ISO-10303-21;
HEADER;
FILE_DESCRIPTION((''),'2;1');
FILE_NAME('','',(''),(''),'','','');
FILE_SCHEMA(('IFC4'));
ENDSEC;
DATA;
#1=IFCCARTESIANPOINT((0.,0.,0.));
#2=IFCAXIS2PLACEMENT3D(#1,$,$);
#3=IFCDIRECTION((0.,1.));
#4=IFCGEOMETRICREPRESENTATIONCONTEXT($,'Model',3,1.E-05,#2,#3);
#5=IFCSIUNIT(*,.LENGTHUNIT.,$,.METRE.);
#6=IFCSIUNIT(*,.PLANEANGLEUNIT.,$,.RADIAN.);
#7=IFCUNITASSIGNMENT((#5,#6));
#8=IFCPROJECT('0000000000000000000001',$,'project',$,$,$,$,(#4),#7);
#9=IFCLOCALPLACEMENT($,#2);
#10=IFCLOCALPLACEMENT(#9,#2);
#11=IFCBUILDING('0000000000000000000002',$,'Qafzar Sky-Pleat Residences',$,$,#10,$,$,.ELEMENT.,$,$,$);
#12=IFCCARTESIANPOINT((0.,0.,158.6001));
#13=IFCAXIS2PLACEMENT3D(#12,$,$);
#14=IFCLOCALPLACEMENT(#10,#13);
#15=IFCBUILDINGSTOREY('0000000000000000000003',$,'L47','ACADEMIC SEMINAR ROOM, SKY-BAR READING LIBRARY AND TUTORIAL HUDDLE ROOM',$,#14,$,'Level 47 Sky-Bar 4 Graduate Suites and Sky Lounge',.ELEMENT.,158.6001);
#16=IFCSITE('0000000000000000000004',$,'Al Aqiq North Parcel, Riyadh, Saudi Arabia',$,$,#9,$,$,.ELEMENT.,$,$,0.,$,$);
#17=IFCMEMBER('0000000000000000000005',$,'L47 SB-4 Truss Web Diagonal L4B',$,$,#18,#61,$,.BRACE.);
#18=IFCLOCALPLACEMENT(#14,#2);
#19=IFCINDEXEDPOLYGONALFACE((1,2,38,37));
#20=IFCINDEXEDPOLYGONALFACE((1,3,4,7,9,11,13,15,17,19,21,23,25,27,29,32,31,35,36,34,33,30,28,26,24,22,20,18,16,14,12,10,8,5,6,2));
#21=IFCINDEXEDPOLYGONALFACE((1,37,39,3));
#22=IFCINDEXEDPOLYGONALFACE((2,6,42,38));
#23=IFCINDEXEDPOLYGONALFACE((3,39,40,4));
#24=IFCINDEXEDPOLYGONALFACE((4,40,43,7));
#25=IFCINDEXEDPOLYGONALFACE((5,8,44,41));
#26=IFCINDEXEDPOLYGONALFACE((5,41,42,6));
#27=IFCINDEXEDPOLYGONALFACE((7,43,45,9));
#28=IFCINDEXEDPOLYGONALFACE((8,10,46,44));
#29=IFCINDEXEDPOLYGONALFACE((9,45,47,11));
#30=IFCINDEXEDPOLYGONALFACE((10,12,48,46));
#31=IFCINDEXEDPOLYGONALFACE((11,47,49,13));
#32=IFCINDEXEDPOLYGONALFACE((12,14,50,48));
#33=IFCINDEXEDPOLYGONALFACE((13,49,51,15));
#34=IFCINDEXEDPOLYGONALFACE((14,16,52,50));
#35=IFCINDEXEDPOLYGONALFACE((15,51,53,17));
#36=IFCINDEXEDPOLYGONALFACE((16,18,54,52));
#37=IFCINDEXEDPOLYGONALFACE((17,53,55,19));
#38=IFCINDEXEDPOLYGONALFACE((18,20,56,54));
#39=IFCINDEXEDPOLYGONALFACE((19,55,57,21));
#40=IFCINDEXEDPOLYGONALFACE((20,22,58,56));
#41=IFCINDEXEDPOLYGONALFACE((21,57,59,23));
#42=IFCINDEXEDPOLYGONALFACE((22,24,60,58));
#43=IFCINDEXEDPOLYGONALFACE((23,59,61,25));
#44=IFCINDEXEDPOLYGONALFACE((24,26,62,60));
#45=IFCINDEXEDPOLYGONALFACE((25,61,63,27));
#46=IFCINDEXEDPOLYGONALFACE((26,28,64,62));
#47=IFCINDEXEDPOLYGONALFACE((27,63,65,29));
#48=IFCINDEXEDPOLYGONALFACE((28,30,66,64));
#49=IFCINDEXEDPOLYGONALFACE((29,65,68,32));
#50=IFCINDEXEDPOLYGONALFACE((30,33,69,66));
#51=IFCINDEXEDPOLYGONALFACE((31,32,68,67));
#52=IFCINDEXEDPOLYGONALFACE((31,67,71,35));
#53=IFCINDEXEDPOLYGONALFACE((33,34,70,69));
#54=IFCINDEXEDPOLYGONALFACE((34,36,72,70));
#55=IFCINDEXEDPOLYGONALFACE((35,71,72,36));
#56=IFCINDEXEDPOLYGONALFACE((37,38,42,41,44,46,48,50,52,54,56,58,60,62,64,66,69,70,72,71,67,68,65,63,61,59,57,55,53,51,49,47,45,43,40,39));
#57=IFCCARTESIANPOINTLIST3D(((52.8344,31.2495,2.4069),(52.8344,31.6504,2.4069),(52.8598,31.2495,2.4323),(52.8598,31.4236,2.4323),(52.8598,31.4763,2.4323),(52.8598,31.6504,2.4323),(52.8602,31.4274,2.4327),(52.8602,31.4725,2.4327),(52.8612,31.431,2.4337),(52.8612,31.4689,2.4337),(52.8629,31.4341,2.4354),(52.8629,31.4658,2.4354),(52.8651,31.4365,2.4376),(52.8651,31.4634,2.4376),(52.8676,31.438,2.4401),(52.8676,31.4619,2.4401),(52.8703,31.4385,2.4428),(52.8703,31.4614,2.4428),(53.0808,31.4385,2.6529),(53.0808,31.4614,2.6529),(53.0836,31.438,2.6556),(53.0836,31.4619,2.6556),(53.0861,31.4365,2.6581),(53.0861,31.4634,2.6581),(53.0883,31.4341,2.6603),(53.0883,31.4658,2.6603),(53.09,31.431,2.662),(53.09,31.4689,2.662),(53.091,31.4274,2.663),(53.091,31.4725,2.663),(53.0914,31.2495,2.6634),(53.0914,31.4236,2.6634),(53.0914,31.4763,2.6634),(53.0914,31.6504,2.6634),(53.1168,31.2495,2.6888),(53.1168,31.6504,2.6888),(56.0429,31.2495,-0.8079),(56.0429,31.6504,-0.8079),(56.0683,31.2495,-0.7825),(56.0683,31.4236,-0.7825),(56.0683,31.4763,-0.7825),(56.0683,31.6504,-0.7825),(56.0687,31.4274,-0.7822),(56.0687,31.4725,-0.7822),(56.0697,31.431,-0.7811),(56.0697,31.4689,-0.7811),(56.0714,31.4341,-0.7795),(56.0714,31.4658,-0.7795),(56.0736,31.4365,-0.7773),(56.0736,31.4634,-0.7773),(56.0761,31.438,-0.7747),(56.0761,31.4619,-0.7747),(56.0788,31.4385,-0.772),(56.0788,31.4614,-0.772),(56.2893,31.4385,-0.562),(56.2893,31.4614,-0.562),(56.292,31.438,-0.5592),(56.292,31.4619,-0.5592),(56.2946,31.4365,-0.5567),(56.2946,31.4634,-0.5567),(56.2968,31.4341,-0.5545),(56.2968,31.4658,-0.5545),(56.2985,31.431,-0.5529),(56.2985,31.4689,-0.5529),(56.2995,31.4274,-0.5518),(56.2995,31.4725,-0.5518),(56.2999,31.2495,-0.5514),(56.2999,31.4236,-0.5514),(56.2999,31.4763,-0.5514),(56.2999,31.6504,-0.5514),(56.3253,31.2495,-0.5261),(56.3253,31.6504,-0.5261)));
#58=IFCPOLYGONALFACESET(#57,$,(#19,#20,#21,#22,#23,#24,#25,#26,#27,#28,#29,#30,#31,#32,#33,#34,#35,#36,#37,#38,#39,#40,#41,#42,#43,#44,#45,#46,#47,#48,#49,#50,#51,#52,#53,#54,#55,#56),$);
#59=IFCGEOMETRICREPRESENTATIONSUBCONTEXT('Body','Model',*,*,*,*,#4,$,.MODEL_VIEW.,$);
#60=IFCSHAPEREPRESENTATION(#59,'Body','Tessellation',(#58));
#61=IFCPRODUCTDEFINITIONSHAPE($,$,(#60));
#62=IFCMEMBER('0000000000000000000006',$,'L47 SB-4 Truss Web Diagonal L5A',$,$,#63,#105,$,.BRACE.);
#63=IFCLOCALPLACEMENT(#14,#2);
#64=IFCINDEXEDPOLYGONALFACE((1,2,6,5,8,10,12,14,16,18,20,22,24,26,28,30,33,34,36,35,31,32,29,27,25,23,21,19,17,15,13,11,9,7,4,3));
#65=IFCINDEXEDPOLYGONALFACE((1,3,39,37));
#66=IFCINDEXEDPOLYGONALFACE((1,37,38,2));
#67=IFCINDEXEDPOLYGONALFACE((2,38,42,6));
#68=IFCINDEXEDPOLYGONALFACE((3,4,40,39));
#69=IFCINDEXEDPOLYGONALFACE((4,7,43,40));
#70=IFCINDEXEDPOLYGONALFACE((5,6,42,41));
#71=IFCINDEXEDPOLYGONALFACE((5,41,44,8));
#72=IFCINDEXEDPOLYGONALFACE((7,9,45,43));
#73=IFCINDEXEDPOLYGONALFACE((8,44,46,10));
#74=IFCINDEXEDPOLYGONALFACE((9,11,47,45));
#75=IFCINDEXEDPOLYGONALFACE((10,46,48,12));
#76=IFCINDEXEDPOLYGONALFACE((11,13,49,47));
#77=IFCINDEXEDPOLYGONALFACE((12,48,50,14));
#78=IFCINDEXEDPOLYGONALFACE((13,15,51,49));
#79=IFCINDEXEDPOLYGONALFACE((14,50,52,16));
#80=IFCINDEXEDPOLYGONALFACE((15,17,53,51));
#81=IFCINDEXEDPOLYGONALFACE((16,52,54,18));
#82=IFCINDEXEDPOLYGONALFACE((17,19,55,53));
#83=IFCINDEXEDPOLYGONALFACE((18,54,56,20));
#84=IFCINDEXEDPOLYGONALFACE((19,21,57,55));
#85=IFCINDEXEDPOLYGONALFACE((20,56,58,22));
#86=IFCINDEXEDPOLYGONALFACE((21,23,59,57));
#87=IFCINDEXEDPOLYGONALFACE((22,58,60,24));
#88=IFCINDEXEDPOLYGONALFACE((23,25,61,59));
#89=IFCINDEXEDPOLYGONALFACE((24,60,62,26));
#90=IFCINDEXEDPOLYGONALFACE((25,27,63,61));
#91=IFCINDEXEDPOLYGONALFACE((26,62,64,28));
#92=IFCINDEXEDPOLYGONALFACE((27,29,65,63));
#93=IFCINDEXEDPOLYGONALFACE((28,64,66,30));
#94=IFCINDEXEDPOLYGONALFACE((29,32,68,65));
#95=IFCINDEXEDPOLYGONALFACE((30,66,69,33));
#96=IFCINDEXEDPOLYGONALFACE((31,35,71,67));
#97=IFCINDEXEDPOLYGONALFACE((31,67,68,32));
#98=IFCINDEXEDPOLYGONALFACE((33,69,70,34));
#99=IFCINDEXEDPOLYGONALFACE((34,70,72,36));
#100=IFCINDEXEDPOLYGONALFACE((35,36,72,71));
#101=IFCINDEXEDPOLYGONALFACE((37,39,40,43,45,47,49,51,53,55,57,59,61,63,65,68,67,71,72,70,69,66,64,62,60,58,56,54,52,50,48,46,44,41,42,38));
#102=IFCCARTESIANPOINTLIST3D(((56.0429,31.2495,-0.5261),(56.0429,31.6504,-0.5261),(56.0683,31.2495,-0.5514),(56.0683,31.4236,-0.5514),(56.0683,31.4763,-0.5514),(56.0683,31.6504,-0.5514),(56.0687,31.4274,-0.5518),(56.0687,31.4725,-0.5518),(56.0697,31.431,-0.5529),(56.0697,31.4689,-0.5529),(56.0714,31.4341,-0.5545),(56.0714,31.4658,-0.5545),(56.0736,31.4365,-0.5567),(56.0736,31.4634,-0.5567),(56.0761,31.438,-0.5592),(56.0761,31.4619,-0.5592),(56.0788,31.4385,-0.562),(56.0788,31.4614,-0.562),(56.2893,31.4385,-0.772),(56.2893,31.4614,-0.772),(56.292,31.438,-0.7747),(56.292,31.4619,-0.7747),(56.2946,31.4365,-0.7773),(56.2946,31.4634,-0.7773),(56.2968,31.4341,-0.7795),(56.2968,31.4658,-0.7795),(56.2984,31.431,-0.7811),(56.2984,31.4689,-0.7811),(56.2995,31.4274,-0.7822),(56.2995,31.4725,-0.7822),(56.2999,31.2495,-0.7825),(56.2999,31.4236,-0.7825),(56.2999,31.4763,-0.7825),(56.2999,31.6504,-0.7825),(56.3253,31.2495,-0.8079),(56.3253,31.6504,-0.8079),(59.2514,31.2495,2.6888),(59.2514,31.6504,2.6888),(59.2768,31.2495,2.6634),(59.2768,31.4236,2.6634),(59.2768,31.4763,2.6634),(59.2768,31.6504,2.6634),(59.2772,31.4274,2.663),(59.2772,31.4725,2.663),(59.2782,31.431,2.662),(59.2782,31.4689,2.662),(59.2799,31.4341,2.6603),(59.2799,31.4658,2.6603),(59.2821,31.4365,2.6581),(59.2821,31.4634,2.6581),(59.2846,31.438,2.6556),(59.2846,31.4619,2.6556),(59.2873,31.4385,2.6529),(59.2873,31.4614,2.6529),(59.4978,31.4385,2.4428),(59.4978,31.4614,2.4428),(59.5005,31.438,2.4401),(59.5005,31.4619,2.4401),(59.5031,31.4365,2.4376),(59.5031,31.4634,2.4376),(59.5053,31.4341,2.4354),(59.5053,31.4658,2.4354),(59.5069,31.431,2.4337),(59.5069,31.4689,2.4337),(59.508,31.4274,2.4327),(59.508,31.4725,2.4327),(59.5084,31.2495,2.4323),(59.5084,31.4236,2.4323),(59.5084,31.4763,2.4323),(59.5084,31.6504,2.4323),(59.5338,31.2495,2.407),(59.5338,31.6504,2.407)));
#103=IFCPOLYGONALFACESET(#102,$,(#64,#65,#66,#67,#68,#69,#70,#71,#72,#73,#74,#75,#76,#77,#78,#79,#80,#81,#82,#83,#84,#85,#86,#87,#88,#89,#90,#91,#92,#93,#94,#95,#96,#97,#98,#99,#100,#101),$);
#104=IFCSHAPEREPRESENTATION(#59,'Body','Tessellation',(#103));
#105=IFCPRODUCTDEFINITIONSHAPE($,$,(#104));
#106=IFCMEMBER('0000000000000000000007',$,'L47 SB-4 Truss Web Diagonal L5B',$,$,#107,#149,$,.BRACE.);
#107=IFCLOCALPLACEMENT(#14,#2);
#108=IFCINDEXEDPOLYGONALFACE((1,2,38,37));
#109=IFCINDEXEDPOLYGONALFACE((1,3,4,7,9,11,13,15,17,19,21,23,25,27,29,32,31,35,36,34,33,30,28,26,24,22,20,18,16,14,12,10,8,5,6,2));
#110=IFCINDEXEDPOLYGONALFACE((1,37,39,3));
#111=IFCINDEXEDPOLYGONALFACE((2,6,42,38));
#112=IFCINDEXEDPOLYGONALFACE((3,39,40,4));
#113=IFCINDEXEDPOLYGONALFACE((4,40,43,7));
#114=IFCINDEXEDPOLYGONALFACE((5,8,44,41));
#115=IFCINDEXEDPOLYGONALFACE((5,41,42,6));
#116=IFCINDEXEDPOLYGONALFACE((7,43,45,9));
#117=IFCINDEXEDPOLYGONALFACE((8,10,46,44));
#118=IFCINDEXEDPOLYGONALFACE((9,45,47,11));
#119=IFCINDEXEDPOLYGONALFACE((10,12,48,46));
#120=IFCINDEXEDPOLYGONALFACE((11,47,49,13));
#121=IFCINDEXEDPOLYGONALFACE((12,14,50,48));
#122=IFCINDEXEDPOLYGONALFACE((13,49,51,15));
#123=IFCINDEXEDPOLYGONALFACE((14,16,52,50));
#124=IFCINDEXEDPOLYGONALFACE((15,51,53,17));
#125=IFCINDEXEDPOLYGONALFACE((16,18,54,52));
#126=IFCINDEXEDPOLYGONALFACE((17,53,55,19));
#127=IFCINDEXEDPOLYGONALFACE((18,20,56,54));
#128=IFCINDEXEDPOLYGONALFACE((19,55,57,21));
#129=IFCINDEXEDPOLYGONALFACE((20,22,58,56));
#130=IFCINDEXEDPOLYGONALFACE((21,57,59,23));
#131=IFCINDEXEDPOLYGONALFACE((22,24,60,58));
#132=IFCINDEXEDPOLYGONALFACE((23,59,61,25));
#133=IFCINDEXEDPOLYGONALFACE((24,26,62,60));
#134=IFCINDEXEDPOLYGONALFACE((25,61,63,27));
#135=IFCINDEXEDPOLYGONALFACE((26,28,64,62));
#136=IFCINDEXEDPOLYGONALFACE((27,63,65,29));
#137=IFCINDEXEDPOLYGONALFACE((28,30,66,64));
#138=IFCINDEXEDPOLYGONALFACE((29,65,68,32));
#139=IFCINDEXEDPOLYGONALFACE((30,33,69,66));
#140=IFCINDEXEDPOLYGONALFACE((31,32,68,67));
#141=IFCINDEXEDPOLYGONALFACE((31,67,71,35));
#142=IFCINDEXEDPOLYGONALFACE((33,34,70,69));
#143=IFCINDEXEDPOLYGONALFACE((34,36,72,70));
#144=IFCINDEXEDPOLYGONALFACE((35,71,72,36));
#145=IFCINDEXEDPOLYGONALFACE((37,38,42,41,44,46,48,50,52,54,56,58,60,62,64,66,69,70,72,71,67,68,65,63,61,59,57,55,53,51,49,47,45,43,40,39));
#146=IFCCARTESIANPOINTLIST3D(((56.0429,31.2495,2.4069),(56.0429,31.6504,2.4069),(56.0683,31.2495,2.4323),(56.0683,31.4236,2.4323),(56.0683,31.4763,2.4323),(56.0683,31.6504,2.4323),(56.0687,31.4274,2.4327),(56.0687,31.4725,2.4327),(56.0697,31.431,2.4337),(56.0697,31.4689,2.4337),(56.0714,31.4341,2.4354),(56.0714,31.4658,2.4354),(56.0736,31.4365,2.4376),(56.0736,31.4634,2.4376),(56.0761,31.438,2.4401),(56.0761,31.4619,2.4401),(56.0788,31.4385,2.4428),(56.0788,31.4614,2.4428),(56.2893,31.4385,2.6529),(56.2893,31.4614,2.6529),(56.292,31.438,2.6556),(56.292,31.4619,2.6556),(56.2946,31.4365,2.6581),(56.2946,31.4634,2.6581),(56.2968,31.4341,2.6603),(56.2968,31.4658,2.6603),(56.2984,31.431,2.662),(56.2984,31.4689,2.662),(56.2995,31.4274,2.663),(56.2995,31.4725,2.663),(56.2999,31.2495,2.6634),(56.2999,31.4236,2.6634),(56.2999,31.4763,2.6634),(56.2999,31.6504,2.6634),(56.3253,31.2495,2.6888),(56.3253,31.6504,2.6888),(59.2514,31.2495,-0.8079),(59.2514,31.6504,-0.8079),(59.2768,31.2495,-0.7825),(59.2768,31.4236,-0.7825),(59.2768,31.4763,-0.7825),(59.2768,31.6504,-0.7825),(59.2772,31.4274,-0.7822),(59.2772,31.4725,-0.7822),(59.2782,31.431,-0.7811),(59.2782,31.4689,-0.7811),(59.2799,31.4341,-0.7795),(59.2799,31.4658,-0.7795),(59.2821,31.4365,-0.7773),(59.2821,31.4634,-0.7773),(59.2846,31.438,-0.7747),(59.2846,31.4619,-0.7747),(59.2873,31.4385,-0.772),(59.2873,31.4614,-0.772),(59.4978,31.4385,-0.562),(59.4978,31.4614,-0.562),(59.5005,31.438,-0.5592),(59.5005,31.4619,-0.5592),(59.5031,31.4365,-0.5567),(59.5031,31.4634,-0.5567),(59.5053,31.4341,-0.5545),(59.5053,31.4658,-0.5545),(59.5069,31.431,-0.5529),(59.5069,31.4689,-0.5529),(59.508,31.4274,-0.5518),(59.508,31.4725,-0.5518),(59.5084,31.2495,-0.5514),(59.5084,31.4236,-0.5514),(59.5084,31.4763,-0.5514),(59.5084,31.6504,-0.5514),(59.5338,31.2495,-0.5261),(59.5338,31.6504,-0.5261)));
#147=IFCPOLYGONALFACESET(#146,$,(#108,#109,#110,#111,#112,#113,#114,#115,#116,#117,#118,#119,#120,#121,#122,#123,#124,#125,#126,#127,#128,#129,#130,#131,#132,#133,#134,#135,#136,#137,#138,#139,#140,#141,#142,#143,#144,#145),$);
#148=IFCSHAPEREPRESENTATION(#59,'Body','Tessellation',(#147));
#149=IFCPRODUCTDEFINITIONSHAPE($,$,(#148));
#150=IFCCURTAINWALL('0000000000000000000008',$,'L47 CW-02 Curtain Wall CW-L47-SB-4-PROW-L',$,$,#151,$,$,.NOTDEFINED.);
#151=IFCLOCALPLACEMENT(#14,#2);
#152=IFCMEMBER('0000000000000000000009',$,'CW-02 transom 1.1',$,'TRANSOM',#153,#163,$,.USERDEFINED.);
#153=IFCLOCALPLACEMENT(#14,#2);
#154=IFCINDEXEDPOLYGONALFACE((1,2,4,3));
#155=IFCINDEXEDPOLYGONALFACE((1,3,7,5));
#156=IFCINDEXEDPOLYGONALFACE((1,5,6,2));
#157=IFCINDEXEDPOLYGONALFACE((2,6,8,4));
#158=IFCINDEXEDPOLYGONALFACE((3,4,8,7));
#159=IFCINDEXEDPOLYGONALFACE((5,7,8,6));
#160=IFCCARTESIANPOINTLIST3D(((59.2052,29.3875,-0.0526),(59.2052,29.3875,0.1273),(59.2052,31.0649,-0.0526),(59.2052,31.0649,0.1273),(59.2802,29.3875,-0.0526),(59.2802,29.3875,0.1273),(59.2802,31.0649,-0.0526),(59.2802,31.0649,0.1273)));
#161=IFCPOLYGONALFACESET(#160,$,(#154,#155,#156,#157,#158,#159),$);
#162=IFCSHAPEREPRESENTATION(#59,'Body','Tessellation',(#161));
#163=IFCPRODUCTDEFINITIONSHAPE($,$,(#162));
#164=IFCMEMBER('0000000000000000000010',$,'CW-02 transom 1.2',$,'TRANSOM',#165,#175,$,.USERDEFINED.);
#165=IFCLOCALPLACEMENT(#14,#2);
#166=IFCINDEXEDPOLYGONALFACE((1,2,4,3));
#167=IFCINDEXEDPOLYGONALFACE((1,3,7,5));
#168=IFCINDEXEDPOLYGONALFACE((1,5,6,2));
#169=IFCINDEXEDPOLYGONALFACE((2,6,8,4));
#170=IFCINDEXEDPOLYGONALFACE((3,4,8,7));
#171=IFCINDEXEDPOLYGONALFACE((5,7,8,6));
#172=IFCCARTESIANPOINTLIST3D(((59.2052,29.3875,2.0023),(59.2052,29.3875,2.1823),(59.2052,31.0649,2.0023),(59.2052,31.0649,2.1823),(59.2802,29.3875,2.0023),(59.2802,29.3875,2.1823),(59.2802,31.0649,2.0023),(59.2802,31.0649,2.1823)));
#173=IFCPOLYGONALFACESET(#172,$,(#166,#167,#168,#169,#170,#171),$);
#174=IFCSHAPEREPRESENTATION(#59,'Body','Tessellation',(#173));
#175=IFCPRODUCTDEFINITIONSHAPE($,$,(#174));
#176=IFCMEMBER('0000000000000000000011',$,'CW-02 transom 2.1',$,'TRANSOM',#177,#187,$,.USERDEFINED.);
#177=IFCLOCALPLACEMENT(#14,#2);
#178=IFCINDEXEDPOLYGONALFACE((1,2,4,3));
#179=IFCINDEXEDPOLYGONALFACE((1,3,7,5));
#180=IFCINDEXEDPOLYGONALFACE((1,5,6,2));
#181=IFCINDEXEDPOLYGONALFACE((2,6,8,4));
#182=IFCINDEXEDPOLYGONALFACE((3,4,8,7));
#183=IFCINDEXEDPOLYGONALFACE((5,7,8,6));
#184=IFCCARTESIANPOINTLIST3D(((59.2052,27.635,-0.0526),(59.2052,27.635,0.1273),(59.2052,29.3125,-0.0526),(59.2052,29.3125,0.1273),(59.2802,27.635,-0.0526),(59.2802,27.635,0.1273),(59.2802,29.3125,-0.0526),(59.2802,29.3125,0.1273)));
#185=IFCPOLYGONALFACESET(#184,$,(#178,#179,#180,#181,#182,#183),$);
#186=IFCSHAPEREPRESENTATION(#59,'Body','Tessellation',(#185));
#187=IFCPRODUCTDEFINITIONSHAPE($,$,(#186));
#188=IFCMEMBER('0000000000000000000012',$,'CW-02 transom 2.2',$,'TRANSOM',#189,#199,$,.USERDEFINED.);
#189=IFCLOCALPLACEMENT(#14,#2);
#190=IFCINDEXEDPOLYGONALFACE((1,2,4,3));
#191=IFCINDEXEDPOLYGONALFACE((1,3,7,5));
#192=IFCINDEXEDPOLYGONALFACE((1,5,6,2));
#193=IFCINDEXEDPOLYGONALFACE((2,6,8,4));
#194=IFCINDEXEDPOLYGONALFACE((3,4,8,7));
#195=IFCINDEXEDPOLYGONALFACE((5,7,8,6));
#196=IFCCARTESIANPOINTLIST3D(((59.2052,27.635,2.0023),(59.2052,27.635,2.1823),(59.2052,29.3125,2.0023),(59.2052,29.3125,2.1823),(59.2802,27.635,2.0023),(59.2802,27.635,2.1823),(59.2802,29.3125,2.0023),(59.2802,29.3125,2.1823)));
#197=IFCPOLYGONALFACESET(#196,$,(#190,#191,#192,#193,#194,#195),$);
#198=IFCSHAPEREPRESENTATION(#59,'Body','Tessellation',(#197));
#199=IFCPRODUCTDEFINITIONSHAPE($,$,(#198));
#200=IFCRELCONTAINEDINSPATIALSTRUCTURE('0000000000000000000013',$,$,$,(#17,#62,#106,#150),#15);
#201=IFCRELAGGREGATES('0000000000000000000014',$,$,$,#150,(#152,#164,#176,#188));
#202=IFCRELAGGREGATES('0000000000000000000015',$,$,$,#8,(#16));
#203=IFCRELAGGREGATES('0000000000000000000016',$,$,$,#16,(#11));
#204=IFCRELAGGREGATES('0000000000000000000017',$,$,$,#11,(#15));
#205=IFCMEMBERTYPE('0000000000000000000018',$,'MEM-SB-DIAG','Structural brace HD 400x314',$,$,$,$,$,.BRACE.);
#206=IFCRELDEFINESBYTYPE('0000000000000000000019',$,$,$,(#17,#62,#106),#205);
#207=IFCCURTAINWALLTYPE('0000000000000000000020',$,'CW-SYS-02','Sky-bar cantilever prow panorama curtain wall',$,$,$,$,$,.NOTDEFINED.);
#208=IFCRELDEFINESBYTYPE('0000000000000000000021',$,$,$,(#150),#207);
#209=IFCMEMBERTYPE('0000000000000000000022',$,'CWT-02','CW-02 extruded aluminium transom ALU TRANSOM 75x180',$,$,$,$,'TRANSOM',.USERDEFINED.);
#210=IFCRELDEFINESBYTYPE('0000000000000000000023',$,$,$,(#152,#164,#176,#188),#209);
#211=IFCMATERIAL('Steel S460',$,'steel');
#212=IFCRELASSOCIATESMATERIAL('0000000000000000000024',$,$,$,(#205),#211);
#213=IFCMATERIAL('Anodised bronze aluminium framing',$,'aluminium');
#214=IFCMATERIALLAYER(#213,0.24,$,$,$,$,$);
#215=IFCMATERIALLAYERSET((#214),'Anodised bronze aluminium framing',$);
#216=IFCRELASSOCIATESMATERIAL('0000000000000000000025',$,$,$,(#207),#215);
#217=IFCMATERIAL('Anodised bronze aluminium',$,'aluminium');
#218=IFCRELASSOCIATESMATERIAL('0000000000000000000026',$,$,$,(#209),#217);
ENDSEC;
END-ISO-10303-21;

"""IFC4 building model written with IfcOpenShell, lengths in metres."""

from ifc_helpers import new_model, si_unit, direction, frame, origin, origin_2d, place, context, subcontext, project, spatial, rectangle, i_section, extrude, source, transform, mapped, material, layer, layer_set, material_profile, profile_set, type_object, element, aggregate, save


model = new_model("IFC4")

# Units and contexts
model_context = context("Model", 3, precision=1e-05, world=origin(), true_north=direction((0.0, 1.0)))
body_context = subcontext(model_context, "Body", "Model", "MODEL_VIEW")
ifc_project = project(units=[si_unit("LENGTHUNIT", "METRE"), si_unit("PLANEANGLEUNIT", "RADIAN")], contexts=[model_context])

# Site, building, storey
site_placement = place(None, origin())
site = spatial("IfcSite", under=ifc_project, at=site_placement, Name="Al Aqiq North Parcel, Riyadh, Saudi Arabia", CompositionType="ELEMENT", RefElevation=0.0)
building_placement = place(site_placement, origin())
building = spatial("IfcBuilding", under=site, at=building_placement, Name="Qafzar Sky-Pleat Residences", CompositionType="ELEMENT")
storey_placement = place(building_placement, frame((0.0, 0.0, 158.6001)))
storey = spatial("IfcBuildingStorey", under=building, at=storey_placement, Name="L47", Description="ACADEMIC SEMINAR ROOM, SKY-BAR READING LIBRARY AND TUTORIAL HUDDLE ROOM", LongName="Level 47 Sky-Bar 4 Graduate Suites and Sky Lounge", CompositionType="ELEMENT", Elevation=158.6001)

# Shared definitions
ifc_material_1 = material(Name="Steel S460", Category="steel")

# Members
ifc_material_profile_1 = material_profile(ifc_material_1, i_section(OverallWidth=0.4009, OverallDepth=0.3989, WebThickness=0.0229, FlangeThickness=0.0359, FilletRadius=0.0149, at=origin_2d()), Name="HD 400x314")
ifc_profile_set_1 = profile_set([ifc_material_profile_1], Name="Steel S460")
member_type_1 = type_object("IfcMemberType", Name="MEM-SB-DIAG", Description="Structural brace HD 400x314", PredefinedType="BRACE", material=ifc_profile_set_1)
shared_shape_1 = source(origin(), body_context, "Body", "SweptSolid", [
    extrude(i_section(OverallWidth=0.4009, OverallDepth=0.3989, WebThickness=0.0229, FlangeThickness=0.0359, FilletRadius=0.0149, at=origin_2d()), origin(), (0.0, 0.0, 1.0), 4.542),
])
for number, where, z_axis, x_axis, name in (
    (1, (52.9756, 31.45, 2.5479), (0.706408, 0.0, -0.707805), (0.0, 1.0, 0.0), "L47 SB-4 Truss Web Diagonal L4B"),
    (2, (56.1841, 31.45, -0.667), (0.706408, 0.0, 0.707805), (0.0, 1.0, 0.0), "L47 SB-4 Truss Web Diagonal L5A"),
    (3, (56.1841, 31.45, 2.5479), (0.706408, 0.0, -0.707805), (0.0, 1.0, 0.0), "L47 SB-4 Truss Web Diagonal L5B"),
):
    element("IfcMember", number, at=place(storey_placement, frame(where, z_axis=z_axis, x_axis=x_axis)), inside=storey, type_object=member_type_1, Name=name, PredefinedType="BRACE", context=body_context, shape_type="MappedRepresentation", body=[
        mapped(shared_shape_1, transform((0.0, 0.0, 0.0), x_axis=(1.0, 0.0, 0.0), y_axis=(0.0, 1.0, 0.0), z_axis=(0.0, 0.0, 1.0), scale=1.0)),
    ])

# Curtain wall, members
ifc_material_2 = material(Name="Anodised bronze aluminium framing", Category="aluminium")
ifc_layer_1 = layer(ifc_material_2, 0.24)
ifc_layer_set_1 = layer_set([ifc_layer_1], Name="Anodised bronze aluminium framing")
curtain_wall_type = type_object("IfcCurtainWallType", Name="CW-SYS-02", Description="Sky-bar cantilever prow panorama curtain wall", PredefinedType="NOTDEFINED", material=ifc_layer_set_1)
curtain_wall_placement = place(storey_placement, origin())
curtain_wall = element("IfcCurtainWall", 4, at=curtain_wall_placement, inside=storey, type_object=curtain_wall_type, Name="L47 CW-02 Curtain Wall CW-L47-SB-4-PROW-L", PredefinedType="NOTDEFINED")
ifc_material_3 = material(Name="Anodised bronze aluminium", Category="aluminium")
ifc_material_profile_2 = material_profile(ifc_material_3, rectangle(XDim=0.075, YDim=0.1799, at=origin_2d()), Name="ALU TRANSOM 75x180")
ifc_profile_set_2 = profile_set([ifc_material_profile_2], Name="Anodised bronze aluminium")
member_type_2 = type_object("IfcMemberType", Name="CWT-02", Description="CW-02 extruded aluminium transom ALU TRANSOM 75x180", ElementType="TRANSOM", PredefinedType="USERDEFINED", material=ifc_profile_set_2)
shared_shape_2 = source(origin(), body_context, "Body", "SweptSolid", [
    extrude(rectangle(XDim=0.075, YDim=0.1799, at=origin_2d()), origin(), (0.0, 0.0, 1.0), 1.6775),
])
member_1_placement = place(storey_placement, frame((59.2427, 31.0649, 0.0374), z_axis=(0.0, -1.0, 0.0), x_axis=(1.0, 0.0, 0.0)))
member_1 = element("IfcMember", 5, at=member_1_placement, type_object=member_type_2, Name="CW-02 transom 1.1", ObjectType="TRANSOM", PredefinedType="USERDEFINED", context=body_context, shape_type="MappedRepresentation", body=[
    mapped(shared_shape_2, transform((0.0, 0.0, 0.0), x_axis=(1.0, 0.0, 0.0), y_axis=(0.0, 1.0, 0.0), z_axis=(0.0, 0.0, 1.0), scale=1.0)),
])
member_2_placement = place(storey_placement, frame((59.2427, 31.0649, 2.0923), z_axis=(0.0, -1.0, 0.0), x_axis=(1.0, 0.0, 0.0)))
member_2 = element("IfcMember", 6, at=member_2_placement, type_object=member_type_2, Name="CW-02 transom 1.2", ObjectType="TRANSOM", PredefinedType="USERDEFINED", context=body_context, shape_type="MappedRepresentation", body=[
    mapped(shared_shape_2, transform((0.0, 0.0, 0.0), x_axis=(1.0, 0.0, 0.0), y_axis=(0.0, 1.0, 0.0), z_axis=(0.0, 0.0, 1.0), scale=1.0)),
])
member_3_placement = place(storey_placement, frame((59.2427, 29.3125, 0.0374), z_axis=(0.0, -1.0, 0.0), x_axis=(1.0, 0.0, 0.0)))
member_3 = element("IfcMember", 7, at=member_3_placement, type_object=member_type_2, Name="CW-02 transom 2.1", ObjectType="TRANSOM", PredefinedType="USERDEFINED", context=body_context, shape_type="MappedRepresentation", body=[
    mapped(shared_shape_2, transform((0.0, 0.0, 0.0), x_axis=(1.0, 0.0, 0.0), y_axis=(0.0, 1.0, 0.0), z_axis=(0.0, 0.0, 1.0), scale=1.0)),
])
member_4_placement = place(storey_placement, frame((59.2427, 29.3125, 2.0923), z_axis=(0.0, -1.0, 0.0), x_axis=(1.0, 0.0, 0.0)))
member_4 = element("IfcMember", 8, at=member_4_placement, type_object=member_type_2, Name="CW-02 transom 2.2", ObjectType="TRANSOM", PredefinedType="USERDEFINED", context=body_context, shape_type="MappedRepresentation", body=[
    mapped(shared_shape_2, transform((0.0, 0.0, 0.0), x_axis=(1.0, 0.0, 0.0), y_axis=(0.0, 1.0, 0.0), z_axis=(0.0, 0.0, 1.0), scale=1.0)),
])
aggregate(curtain_wall, [member_1, member_2, member_3, member_4])

save(model, "model.ifc")
